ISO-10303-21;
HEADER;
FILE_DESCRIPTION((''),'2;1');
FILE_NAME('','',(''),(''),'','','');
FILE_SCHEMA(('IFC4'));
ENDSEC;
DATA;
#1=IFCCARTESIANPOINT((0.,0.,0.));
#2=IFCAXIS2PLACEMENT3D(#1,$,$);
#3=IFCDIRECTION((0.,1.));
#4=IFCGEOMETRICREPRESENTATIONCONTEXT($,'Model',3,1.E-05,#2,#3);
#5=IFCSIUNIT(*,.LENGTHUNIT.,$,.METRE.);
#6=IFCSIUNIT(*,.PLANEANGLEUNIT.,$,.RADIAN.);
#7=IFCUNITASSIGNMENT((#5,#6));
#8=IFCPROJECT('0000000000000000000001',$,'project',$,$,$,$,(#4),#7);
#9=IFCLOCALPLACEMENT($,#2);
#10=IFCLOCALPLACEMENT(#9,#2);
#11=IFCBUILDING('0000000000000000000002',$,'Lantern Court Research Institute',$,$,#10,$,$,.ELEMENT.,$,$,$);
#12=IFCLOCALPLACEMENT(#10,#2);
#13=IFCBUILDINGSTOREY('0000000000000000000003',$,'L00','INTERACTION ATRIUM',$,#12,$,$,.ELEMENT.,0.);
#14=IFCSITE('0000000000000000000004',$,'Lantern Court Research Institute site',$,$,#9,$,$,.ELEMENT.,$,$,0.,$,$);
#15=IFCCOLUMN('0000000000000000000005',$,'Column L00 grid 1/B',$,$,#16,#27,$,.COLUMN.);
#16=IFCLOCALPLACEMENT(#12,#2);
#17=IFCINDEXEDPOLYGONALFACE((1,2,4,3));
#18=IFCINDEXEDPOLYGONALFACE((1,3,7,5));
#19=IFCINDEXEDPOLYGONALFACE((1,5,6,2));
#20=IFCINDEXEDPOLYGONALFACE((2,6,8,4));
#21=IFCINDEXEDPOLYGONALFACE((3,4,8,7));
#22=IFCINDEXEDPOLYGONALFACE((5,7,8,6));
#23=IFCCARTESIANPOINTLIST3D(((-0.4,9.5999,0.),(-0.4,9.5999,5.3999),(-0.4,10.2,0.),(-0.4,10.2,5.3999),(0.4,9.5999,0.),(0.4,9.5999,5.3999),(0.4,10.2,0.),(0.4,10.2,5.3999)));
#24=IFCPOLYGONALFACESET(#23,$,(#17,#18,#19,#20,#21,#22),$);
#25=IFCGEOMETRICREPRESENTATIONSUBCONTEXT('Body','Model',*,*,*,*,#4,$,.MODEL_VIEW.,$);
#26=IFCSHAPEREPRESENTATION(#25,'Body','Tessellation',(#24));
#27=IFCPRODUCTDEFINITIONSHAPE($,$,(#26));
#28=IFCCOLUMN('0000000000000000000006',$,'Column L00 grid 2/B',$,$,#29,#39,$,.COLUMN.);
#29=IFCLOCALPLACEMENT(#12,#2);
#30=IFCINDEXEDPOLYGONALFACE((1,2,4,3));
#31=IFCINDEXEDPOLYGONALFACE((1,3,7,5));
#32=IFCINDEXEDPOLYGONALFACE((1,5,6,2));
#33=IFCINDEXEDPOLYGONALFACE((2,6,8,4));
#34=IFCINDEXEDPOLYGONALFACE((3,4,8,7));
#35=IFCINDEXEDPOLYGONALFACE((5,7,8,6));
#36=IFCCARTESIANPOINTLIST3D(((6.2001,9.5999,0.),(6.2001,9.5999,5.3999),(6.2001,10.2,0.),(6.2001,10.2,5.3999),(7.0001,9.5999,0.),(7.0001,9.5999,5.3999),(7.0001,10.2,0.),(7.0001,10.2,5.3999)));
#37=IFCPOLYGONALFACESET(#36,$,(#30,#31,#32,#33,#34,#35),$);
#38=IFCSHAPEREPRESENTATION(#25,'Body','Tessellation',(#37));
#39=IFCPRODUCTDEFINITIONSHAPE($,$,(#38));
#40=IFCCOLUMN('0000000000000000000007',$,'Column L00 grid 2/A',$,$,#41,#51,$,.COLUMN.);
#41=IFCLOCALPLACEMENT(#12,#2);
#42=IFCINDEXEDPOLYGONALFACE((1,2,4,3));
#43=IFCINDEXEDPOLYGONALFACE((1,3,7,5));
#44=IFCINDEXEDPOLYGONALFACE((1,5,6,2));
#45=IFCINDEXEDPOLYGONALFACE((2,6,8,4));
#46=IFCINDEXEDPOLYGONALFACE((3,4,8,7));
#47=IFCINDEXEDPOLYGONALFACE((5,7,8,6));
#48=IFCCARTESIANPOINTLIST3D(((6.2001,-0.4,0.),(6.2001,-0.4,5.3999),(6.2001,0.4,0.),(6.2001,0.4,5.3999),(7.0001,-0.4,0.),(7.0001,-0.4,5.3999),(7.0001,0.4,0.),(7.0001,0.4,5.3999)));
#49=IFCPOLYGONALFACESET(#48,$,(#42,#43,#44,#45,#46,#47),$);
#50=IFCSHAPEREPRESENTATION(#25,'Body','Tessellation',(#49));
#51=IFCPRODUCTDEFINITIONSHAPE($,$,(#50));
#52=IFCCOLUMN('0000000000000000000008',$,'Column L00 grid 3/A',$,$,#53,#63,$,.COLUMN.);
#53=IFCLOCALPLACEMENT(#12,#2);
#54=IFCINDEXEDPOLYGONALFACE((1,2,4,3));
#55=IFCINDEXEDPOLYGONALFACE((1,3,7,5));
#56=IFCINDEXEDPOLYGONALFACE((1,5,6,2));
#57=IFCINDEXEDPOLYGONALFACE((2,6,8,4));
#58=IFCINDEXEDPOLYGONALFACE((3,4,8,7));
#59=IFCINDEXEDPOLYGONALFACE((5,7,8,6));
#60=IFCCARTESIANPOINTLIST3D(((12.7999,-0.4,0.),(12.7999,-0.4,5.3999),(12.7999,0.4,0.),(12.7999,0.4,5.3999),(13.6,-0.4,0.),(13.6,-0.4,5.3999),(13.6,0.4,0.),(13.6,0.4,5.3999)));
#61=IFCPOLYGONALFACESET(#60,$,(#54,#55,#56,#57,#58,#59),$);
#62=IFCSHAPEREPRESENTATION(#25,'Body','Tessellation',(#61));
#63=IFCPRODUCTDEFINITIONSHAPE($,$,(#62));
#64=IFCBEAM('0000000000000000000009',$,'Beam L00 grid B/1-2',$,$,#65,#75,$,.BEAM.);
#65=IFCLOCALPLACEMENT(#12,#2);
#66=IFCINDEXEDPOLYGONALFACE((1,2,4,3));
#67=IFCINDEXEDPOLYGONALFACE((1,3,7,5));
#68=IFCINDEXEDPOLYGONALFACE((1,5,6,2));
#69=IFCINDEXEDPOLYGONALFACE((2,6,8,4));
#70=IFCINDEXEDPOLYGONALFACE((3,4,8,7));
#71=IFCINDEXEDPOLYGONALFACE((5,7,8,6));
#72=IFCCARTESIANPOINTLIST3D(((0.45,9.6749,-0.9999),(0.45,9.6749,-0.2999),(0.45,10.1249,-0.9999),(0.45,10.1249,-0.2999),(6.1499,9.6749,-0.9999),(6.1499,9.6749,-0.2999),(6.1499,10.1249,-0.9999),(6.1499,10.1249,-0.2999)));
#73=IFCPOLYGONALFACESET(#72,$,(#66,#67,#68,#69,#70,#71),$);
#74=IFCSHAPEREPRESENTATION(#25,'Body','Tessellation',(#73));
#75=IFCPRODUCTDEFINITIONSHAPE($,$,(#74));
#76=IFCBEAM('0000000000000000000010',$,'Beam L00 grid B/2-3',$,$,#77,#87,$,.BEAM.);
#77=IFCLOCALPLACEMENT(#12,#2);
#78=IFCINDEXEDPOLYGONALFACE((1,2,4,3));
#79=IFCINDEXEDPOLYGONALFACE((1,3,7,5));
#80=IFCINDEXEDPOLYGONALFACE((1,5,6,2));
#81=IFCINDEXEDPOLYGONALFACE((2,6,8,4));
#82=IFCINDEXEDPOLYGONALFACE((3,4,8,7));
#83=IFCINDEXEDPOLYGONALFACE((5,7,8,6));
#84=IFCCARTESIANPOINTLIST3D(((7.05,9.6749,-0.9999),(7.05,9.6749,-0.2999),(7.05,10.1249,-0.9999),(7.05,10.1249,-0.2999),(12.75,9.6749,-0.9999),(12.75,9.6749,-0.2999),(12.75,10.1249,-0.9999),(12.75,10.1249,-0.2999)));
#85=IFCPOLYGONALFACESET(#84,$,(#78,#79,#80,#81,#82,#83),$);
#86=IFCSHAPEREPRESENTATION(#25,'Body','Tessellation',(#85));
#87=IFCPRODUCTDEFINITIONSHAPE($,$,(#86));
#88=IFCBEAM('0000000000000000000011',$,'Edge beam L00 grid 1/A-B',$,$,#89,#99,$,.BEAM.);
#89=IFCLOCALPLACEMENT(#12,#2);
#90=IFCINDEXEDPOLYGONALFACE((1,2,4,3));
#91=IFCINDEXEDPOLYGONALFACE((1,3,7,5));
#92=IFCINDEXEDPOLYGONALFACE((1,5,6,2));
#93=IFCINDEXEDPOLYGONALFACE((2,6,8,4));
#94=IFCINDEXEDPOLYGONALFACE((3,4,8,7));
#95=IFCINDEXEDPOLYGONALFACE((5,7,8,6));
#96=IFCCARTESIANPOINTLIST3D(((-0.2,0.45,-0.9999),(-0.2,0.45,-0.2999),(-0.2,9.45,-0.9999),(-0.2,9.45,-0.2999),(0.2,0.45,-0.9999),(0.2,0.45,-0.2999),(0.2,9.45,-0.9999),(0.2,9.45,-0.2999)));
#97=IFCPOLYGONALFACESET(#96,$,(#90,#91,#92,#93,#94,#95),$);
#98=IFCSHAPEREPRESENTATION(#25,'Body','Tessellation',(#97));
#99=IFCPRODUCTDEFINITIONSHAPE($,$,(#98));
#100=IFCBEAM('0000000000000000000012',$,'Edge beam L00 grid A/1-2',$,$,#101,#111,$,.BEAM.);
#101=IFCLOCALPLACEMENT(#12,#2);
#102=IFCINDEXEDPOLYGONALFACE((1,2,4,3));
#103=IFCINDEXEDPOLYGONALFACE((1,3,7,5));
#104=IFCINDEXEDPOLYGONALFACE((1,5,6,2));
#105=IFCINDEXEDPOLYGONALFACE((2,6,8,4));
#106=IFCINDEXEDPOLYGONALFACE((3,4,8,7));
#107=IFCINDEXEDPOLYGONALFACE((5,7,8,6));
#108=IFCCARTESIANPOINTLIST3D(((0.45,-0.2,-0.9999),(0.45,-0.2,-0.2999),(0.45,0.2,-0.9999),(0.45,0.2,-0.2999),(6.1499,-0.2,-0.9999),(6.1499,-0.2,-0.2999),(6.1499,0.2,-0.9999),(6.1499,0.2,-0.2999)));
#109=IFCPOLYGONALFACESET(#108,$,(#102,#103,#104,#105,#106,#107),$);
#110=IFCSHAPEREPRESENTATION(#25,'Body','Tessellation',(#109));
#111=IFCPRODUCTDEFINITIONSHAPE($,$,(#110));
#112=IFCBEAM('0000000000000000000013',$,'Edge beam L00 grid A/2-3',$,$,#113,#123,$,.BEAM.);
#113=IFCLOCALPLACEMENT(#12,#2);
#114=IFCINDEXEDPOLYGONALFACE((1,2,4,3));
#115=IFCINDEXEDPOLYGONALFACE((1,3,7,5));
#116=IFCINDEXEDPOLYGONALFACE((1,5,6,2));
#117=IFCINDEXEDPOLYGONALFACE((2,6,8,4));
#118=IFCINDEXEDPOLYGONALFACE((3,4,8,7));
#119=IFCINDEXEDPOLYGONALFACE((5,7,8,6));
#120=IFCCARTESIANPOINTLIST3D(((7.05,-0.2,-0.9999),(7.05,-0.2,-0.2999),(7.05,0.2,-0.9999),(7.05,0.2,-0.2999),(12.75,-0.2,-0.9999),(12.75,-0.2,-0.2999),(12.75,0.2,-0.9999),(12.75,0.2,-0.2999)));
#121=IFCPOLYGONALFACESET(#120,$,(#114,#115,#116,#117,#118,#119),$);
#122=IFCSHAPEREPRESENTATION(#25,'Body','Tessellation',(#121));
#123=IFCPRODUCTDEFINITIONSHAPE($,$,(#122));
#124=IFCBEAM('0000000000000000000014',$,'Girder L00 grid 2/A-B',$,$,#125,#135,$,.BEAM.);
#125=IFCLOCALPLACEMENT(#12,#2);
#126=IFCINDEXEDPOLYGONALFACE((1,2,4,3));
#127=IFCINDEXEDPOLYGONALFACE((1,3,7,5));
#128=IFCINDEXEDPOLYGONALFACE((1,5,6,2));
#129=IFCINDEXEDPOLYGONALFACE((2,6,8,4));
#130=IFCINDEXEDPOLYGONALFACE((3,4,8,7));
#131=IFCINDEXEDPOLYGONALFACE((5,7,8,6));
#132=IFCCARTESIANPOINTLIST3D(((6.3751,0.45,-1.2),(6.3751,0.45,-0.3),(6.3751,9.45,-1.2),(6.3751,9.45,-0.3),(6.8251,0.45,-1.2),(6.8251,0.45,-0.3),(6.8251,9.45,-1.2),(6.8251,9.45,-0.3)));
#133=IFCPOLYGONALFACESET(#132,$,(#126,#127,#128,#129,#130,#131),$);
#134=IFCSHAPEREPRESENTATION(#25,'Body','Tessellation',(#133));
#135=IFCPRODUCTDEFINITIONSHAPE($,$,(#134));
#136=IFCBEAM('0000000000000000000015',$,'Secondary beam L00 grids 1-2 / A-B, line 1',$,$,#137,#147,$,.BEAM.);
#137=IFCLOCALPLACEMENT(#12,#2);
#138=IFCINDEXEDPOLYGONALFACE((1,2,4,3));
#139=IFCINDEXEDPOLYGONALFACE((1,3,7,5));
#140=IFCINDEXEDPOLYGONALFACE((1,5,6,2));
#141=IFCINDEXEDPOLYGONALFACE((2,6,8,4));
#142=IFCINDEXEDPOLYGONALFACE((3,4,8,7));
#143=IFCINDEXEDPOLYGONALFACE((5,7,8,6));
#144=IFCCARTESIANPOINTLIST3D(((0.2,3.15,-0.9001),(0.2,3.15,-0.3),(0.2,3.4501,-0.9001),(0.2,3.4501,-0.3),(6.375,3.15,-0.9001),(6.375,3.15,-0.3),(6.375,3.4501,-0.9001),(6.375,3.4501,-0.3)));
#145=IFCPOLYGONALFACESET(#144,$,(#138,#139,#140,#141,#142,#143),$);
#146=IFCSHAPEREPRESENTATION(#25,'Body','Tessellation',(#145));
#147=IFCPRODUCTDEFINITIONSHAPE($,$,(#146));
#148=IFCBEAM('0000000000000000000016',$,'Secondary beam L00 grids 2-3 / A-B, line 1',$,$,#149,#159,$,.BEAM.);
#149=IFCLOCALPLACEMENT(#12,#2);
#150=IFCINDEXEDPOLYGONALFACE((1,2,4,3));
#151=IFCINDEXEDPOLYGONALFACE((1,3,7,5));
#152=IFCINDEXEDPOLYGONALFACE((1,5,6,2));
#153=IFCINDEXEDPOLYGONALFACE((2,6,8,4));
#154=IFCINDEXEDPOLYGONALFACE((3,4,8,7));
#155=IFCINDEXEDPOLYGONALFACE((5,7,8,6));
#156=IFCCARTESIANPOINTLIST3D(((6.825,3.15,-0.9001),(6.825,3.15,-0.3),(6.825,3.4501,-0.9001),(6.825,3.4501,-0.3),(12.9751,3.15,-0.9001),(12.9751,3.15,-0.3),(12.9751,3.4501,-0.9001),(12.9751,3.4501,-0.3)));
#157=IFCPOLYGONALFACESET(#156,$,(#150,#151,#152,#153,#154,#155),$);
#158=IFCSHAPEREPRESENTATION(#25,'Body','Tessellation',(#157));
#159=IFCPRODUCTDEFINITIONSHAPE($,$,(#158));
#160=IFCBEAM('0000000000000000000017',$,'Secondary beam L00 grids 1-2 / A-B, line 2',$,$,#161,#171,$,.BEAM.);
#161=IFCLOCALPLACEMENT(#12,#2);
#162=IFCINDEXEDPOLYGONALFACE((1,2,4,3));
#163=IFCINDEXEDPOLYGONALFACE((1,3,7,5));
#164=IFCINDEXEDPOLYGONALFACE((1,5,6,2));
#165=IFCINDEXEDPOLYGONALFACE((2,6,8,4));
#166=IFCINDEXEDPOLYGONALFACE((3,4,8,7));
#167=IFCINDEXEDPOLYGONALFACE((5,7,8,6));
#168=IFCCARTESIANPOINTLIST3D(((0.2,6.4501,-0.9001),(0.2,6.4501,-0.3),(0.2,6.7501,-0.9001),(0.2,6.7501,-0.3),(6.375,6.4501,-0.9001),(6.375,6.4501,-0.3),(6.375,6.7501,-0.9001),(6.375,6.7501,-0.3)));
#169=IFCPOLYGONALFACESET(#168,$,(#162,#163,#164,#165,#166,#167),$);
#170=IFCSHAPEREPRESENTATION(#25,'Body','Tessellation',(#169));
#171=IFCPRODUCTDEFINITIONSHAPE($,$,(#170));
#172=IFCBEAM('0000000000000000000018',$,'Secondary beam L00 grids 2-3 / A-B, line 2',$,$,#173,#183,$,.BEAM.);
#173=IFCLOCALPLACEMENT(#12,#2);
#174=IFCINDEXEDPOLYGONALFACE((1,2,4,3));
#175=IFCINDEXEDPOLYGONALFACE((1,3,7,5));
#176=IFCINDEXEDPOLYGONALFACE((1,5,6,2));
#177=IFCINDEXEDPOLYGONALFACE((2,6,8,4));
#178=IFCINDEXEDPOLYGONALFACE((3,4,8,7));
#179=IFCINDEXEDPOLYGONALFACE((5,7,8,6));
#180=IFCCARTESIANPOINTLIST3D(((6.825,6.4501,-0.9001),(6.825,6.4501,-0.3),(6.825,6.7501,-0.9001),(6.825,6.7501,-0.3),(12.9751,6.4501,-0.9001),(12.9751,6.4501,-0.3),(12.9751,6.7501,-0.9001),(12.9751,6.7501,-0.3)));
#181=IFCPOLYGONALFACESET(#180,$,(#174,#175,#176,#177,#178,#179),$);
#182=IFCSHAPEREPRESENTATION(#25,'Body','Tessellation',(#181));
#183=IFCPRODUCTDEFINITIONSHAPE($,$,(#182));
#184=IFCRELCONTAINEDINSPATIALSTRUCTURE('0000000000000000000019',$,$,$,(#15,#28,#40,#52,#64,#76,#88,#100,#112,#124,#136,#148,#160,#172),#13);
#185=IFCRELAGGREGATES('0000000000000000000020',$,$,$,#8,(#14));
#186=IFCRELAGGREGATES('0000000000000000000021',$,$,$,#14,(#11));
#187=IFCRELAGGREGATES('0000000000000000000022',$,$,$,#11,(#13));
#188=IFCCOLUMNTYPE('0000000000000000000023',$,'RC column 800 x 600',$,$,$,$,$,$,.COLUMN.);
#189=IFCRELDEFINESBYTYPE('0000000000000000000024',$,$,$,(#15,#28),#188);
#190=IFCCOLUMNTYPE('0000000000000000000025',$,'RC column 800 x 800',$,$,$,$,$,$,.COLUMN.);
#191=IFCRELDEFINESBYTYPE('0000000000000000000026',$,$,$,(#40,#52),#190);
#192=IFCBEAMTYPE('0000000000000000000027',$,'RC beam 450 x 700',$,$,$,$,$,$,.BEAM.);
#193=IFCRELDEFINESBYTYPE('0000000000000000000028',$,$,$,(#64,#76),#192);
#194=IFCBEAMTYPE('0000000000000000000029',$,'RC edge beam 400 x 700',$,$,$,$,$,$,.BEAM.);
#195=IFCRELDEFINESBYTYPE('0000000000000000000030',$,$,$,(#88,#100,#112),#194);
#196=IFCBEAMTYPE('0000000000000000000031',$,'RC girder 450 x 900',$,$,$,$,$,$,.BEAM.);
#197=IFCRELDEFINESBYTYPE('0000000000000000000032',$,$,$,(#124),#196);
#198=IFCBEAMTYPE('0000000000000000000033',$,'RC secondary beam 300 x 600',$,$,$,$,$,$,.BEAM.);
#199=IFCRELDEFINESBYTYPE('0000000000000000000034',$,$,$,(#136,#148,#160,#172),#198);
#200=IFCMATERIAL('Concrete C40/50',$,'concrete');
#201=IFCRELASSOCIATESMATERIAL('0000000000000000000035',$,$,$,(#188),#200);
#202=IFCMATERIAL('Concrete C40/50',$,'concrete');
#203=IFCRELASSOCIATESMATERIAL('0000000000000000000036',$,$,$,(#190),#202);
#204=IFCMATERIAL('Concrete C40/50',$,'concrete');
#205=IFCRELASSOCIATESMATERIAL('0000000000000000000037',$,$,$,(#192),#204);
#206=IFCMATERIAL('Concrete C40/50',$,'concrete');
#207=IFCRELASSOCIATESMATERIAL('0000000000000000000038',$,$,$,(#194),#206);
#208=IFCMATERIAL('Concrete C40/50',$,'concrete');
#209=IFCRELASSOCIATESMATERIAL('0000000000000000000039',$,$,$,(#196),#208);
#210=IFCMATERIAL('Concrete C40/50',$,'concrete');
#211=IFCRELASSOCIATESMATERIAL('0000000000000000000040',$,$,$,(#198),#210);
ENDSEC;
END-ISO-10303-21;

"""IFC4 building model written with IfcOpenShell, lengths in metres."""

from ifc_helpers import new_model, si_unit, direction, frame, origin, origin_2d, place, context, subcontext, project, spatial, rectangle, extrude, material, material_profile, profile_set, type_object, element, save


model = new_model("IFC4")

# Units and contexts
model_context = context("Model", 3, precision=1e-05, world=origin(), true_north=direction((0.0, 1.0)))
body_context = subcontext(model_context, "Body", "Model", "MODEL_VIEW")
ifc_project = project(units=[si_unit("LENGTHUNIT", "METRE"), si_unit("PLANEANGLEUNIT", "RADIAN")], contexts=[model_context])

# Site, building, storey
site_placement = place(None, origin())
site = spatial("IfcSite", under=ifc_project, at=site_placement, Name="Lantern Court Research Institute site", CompositionType="ELEMENT", RefElevation=0.0)
building_placement = place(site_placement, origin())
building = spatial("IfcBuilding", under=site, at=building_placement, Name="Lantern Court Research Institute", CompositionType="ELEMENT")
storey_placement = place(building_placement, origin())
storey = spatial("IfcBuildingStorey", under=building, at=storey_placement, Name="L00", Description="INTERACTION ATRIUM", CompositionType="ELEMENT", Elevation=0.0)

# Columns
ifc_material_1 = material(Name="Concrete C40/50", Category="concrete")
ifc_material_profile_1 = material_profile(ifc_material_1, rectangle(XDim=0.8, YDim=0.6001, at=origin_2d()), Name="RC column 800 x 600")
ifc_profile_set_1 = profile_set([ifc_material_profile_1], Name="Concrete C40/50")
column_type_1 = type_object("IfcColumnType", Name="RC column 800 x 600", PredefinedType="COLUMN", material=ifc_profile_set_1)
for number, where, z_axis, x_axis, name in (
    (1, (0.0, 9.8999, 0.0), (0.0, 0.0, 1.0), (1.0, 0.0, 0.0), "Column L00 grid 1/B"),
    (2, (6.6001, 9.8999, 0.0), (0.0, 0.0, 1.0), (1.0, 0.0, 0.0), "Column L00 grid 2/B"),
):
    element("IfcColumn", number, at=place(storey_placement, frame(where, z_axis=z_axis, x_axis=x_axis)), inside=storey, type_object=column_type_1, Name=name, PredefinedType="COLUMN", context=body_context, shape_type="SweptSolid", body=[
        extrude(rectangle(XDim=0.8, YDim=0.6001, at=origin_2d()), origin(), (0.0, 0.0, 1.0), 5.3999),
    ])
ifc_material_2 = material(Name="Concrete C40/50", Category="concrete")
ifc_material_profile_2 = material_profile(ifc_material_2, rectangle(XDim=0.8, YDim=0.8, at=origin_2d()), Name="RC column 800 x 800")
ifc_profile_set_2 = profile_set([ifc_material_profile_2], Name="Concrete C40/50")
column_type_2 = type_object("IfcColumnType", Name="RC column 800 x 800", PredefinedType="COLUMN", material=ifc_profile_set_2)
for number, where, z_axis, x_axis, name in (
    (3, (6.6001, 0.0, 0.0), (0.0, 0.0, 1.0), (1.0, 0.0, 0.0), "Column L00 grid 2/A"),
    (4, (13.2, 0.0, 0.0), (0.0, 0.0, 1.0), (1.0, 0.0, 0.0), "Column L00 grid 3/A"),
):
    element("IfcColumn", number, at=place(storey_placement, frame(where, z_axis=z_axis, x_axis=x_axis)), inside=storey, type_object=column_type_2, Name=name, PredefinedType="COLUMN", context=body_context, shape_type="SweptSolid", body=[
        extrude(rectangle(XDim=0.8, YDim=0.8, at=origin_2d()), origin(), (0.0, 0.0, 1.0), 5.3999),
    ])

# Beams
ifc_material_3 = material(Name="Concrete C40/50", Category="concrete")
ifc_material_profile_3 = material_profile(ifc_material_3, rectangle(XDim=0.45, YDim=0.7, at=origin_2d()), Name="RC beam 450 x 700")
ifc_profile_set_3 = profile_set([ifc_material_profile_3], Name="Concrete C40/50")
beam_type_1 = type_object("IfcBeamType", Name="RC beam 450 x 700", PredefinedType="BEAM", material=ifc_profile_set_3)
for number, where, z_axis, x_axis, name in (
    (5, (0.45, 9.8999, -0.6499), (1.0, 0.0, 0.0), (0.0, 1.0, 0.0), "Beam L00 grid B/1-2"),
    (6, (7.05, 9.8999, -0.6499), (1.0, 0.0, 0.0), (0.0, 1.0, 0.0), "Beam L00 grid B/2-3"),
):
    element("IfcBeam", number, at=place(storey_placement, frame(where, z_axis=z_axis, x_axis=x_axis)), inside=storey, type_object=beam_type_1, Name=name, PredefinedType="BEAM", context=body_context, shape_type="SweptSolid", body=[
        extrude(rectangle(XDim=0.45, YDim=0.7, at=origin_2d()), origin(), (0.0, 0.0, 1.0), 5.7),
    ])
ifc_material_4 = material(Name="Concrete C40/50", Category="concrete")
ifc_material_profile_4 = material_profile(ifc_material_4, rectangle(XDim=0.3999, YDim=0.7, at=origin_2d()), Name="RC beam 400 x 700")
ifc_profile_set_4 = profile_set([ifc_material_profile_4], Name="Concrete C40/50")
beam_type_2 = type_object("IfcBeamType", Name="RC edge beam 400 x 700", PredefinedType="BEAM", material=ifc_profile_set_4)
beam_1_placement = place(storey_placement, frame((0.0, 0.45, -0.6499), z_axis=(0.0, 1.0, 0.0), x_axis=(-1.0, 0.0, 0.0)))
element("IfcBeam", 7, at=beam_1_placement, inside=storey, type_object=beam_type_2, Name="Edge beam L00 grid 1/A-B", PredefinedType="BEAM", context=body_context, shape_type="SweptSolid", body=[
    extrude(rectangle(XDim=0.3999, YDim=0.7, at=origin_2d()), origin(), (0.0, 0.0, 1.0), 9.0),
])
for number, where, z_axis, x_axis, name in (
    (8, (0.45, 0.0, -0.6499), (1.0, 0.0, 0.0), (0.0, 1.0, 0.0), "Edge beam L00 grid A/1-2"),
    (9, (7.05, 0.0, -0.6499), (1.0, 0.0, 0.0), (0.0, 1.0, 0.0), "Edge beam L00 grid A/2-3"),
):
    element("IfcBeam", number, at=place(storey_placement, frame(where, z_axis=z_axis, x_axis=x_axis)), inside=storey, type_object=beam_type_2, Name=name, PredefinedType="BEAM", context=body_context, shape_type="SweptSolid", body=[
        extrude(rectangle(XDim=0.3999, YDim=0.7, at=origin_2d()), origin(), (0.0, 0.0, 1.0), 5.7),
    ])
ifc_material_5 = material(Name="Concrete C40/50", Category="concrete")
ifc_material_profile_5 = material_profile(ifc_material_5, rectangle(XDim=0.45, YDim=0.8999, at=origin_2d()), Name="RC beam 450 x 900")
ifc_profile_set_5 = profile_set([ifc_material_profile_5], Name="Concrete C40/50")
beam_type_3 = type_object("IfcBeamType", Name="RC girder 450 x 900", PredefinedType="BEAM", material=ifc_profile_set_5)
beam_2_placement = place(storey_placement, frame((6.6001, 0.45, -0.75), z_axis=(0.0, 1.0, 0.0), x_axis=(-1.0, 0.0, 0.0)))
element("IfcBeam", 10, at=beam_2_placement, inside=storey, type_object=beam_type_3, Name="Girder L00 grid 2/A-B", PredefinedType="BEAM", context=body_context, shape_type="SweptSolid", body=[
    extrude(rectangle(XDim=0.45, YDim=0.8999, at=origin_2d()), origin(), (0.0, 0.0, 1.0), 9.0),
])
ifc_material_6 = material(Name="Concrete C40/50", Category="concrete")
ifc_material_profile_6 = material_profile(ifc_material_6, rectangle(XDim=0.3, YDim=0.6001, at=origin_2d()), Name="RC beam 300 x 600")
ifc_profile_set_6 = profile_set([ifc_material_profile_6], Name="Concrete C40/50")
beam_type_4 = type_object("IfcBeamType", Name="RC secondary beam 300 x 600", PredefinedType="BEAM", material=ifc_profile_set_6)
beam_3_placement = place(storey_placement, frame((0.2, 3.3, -0.6001), z_axis=(1.0, 0.0, 0.0), x_axis=(0.0, 1.0, 0.0)))
element("IfcBeam", 11, at=beam_3_placement, inside=storey, type_object=beam_type_4, Name="Secondary beam L00 grids 1-2 / A-B, line 1", PredefinedType="BEAM", context=body_context, shape_type="SweptSolid", body=[
    extrude(rectangle(XDim=0.3, YDim=0.6001, at=origin_2d()), origin(), (0.0, 0.0, 1.0), 6.175),
])
beam_4_placement = place(storey_placement, frame((6.825, 3.3, -0.6001), z_axis=(1.0, 0.0, 0.0), x_axis=(0.0, 1.0, 0.0)))
element("IfcBeam", 12, at=beam_4_placement, inside=storey, type_object=beam_type_4, Name="Secondary beam L00 grids 2-3 / A-B, line 1", PredefinedType="BEAM", context=body_context, shape_type="SweptSolid", body=[
    extrude(rectangle(XDim=0.3, YDim=0.6001, at=origin_2d()), origin(), (0.0, 0.0, 1.0), 6.1501),
])
beam_5_placement = place(storey_placement, frame((0.2, 6.6001, -0.6001), z_axis=(1.0, 0.0, 0.0), x_axis=(0.0, 1.0, 0.0)))
element("IfcBeam", 13, at=beam_5_placement, inside=storey, type_object=beam_type_4, Name="Secondary beam L00 grids 1-2 / A-B, line 2", PredefinedType="BEAM", context=body_context, shape_type="SweptSolid", body=[
    extrude(rectangle(XDim=0.3, YDim=0.6001, at=origin_2d()), origin(), (0.0, 0.0, 1.0), 6.175),
])
beam_6_placement = place(storey_placement, frame((6.825, 6.6001, -0.6001), z_axis=(1.0, 0.0, 0.0), x_axis=(0.0, 1.0, 0.0)))
element("IfcBeam", 14, at=beam_6_placement, inside=storey, type_object=beam_type_4, Name="Secondary beam L00 grids 2-3 / A-B, line 2", PredefinedType="BEAM", context=body_context, shape_type="SweptSolid", body=[
    extrude(rectangle(XDim=0.3, YDim=0.6001, at=origin_2d()), origin(), (0.0, 0.0, 1.0), 6.1501),
])

save(model, "model.ifc")
